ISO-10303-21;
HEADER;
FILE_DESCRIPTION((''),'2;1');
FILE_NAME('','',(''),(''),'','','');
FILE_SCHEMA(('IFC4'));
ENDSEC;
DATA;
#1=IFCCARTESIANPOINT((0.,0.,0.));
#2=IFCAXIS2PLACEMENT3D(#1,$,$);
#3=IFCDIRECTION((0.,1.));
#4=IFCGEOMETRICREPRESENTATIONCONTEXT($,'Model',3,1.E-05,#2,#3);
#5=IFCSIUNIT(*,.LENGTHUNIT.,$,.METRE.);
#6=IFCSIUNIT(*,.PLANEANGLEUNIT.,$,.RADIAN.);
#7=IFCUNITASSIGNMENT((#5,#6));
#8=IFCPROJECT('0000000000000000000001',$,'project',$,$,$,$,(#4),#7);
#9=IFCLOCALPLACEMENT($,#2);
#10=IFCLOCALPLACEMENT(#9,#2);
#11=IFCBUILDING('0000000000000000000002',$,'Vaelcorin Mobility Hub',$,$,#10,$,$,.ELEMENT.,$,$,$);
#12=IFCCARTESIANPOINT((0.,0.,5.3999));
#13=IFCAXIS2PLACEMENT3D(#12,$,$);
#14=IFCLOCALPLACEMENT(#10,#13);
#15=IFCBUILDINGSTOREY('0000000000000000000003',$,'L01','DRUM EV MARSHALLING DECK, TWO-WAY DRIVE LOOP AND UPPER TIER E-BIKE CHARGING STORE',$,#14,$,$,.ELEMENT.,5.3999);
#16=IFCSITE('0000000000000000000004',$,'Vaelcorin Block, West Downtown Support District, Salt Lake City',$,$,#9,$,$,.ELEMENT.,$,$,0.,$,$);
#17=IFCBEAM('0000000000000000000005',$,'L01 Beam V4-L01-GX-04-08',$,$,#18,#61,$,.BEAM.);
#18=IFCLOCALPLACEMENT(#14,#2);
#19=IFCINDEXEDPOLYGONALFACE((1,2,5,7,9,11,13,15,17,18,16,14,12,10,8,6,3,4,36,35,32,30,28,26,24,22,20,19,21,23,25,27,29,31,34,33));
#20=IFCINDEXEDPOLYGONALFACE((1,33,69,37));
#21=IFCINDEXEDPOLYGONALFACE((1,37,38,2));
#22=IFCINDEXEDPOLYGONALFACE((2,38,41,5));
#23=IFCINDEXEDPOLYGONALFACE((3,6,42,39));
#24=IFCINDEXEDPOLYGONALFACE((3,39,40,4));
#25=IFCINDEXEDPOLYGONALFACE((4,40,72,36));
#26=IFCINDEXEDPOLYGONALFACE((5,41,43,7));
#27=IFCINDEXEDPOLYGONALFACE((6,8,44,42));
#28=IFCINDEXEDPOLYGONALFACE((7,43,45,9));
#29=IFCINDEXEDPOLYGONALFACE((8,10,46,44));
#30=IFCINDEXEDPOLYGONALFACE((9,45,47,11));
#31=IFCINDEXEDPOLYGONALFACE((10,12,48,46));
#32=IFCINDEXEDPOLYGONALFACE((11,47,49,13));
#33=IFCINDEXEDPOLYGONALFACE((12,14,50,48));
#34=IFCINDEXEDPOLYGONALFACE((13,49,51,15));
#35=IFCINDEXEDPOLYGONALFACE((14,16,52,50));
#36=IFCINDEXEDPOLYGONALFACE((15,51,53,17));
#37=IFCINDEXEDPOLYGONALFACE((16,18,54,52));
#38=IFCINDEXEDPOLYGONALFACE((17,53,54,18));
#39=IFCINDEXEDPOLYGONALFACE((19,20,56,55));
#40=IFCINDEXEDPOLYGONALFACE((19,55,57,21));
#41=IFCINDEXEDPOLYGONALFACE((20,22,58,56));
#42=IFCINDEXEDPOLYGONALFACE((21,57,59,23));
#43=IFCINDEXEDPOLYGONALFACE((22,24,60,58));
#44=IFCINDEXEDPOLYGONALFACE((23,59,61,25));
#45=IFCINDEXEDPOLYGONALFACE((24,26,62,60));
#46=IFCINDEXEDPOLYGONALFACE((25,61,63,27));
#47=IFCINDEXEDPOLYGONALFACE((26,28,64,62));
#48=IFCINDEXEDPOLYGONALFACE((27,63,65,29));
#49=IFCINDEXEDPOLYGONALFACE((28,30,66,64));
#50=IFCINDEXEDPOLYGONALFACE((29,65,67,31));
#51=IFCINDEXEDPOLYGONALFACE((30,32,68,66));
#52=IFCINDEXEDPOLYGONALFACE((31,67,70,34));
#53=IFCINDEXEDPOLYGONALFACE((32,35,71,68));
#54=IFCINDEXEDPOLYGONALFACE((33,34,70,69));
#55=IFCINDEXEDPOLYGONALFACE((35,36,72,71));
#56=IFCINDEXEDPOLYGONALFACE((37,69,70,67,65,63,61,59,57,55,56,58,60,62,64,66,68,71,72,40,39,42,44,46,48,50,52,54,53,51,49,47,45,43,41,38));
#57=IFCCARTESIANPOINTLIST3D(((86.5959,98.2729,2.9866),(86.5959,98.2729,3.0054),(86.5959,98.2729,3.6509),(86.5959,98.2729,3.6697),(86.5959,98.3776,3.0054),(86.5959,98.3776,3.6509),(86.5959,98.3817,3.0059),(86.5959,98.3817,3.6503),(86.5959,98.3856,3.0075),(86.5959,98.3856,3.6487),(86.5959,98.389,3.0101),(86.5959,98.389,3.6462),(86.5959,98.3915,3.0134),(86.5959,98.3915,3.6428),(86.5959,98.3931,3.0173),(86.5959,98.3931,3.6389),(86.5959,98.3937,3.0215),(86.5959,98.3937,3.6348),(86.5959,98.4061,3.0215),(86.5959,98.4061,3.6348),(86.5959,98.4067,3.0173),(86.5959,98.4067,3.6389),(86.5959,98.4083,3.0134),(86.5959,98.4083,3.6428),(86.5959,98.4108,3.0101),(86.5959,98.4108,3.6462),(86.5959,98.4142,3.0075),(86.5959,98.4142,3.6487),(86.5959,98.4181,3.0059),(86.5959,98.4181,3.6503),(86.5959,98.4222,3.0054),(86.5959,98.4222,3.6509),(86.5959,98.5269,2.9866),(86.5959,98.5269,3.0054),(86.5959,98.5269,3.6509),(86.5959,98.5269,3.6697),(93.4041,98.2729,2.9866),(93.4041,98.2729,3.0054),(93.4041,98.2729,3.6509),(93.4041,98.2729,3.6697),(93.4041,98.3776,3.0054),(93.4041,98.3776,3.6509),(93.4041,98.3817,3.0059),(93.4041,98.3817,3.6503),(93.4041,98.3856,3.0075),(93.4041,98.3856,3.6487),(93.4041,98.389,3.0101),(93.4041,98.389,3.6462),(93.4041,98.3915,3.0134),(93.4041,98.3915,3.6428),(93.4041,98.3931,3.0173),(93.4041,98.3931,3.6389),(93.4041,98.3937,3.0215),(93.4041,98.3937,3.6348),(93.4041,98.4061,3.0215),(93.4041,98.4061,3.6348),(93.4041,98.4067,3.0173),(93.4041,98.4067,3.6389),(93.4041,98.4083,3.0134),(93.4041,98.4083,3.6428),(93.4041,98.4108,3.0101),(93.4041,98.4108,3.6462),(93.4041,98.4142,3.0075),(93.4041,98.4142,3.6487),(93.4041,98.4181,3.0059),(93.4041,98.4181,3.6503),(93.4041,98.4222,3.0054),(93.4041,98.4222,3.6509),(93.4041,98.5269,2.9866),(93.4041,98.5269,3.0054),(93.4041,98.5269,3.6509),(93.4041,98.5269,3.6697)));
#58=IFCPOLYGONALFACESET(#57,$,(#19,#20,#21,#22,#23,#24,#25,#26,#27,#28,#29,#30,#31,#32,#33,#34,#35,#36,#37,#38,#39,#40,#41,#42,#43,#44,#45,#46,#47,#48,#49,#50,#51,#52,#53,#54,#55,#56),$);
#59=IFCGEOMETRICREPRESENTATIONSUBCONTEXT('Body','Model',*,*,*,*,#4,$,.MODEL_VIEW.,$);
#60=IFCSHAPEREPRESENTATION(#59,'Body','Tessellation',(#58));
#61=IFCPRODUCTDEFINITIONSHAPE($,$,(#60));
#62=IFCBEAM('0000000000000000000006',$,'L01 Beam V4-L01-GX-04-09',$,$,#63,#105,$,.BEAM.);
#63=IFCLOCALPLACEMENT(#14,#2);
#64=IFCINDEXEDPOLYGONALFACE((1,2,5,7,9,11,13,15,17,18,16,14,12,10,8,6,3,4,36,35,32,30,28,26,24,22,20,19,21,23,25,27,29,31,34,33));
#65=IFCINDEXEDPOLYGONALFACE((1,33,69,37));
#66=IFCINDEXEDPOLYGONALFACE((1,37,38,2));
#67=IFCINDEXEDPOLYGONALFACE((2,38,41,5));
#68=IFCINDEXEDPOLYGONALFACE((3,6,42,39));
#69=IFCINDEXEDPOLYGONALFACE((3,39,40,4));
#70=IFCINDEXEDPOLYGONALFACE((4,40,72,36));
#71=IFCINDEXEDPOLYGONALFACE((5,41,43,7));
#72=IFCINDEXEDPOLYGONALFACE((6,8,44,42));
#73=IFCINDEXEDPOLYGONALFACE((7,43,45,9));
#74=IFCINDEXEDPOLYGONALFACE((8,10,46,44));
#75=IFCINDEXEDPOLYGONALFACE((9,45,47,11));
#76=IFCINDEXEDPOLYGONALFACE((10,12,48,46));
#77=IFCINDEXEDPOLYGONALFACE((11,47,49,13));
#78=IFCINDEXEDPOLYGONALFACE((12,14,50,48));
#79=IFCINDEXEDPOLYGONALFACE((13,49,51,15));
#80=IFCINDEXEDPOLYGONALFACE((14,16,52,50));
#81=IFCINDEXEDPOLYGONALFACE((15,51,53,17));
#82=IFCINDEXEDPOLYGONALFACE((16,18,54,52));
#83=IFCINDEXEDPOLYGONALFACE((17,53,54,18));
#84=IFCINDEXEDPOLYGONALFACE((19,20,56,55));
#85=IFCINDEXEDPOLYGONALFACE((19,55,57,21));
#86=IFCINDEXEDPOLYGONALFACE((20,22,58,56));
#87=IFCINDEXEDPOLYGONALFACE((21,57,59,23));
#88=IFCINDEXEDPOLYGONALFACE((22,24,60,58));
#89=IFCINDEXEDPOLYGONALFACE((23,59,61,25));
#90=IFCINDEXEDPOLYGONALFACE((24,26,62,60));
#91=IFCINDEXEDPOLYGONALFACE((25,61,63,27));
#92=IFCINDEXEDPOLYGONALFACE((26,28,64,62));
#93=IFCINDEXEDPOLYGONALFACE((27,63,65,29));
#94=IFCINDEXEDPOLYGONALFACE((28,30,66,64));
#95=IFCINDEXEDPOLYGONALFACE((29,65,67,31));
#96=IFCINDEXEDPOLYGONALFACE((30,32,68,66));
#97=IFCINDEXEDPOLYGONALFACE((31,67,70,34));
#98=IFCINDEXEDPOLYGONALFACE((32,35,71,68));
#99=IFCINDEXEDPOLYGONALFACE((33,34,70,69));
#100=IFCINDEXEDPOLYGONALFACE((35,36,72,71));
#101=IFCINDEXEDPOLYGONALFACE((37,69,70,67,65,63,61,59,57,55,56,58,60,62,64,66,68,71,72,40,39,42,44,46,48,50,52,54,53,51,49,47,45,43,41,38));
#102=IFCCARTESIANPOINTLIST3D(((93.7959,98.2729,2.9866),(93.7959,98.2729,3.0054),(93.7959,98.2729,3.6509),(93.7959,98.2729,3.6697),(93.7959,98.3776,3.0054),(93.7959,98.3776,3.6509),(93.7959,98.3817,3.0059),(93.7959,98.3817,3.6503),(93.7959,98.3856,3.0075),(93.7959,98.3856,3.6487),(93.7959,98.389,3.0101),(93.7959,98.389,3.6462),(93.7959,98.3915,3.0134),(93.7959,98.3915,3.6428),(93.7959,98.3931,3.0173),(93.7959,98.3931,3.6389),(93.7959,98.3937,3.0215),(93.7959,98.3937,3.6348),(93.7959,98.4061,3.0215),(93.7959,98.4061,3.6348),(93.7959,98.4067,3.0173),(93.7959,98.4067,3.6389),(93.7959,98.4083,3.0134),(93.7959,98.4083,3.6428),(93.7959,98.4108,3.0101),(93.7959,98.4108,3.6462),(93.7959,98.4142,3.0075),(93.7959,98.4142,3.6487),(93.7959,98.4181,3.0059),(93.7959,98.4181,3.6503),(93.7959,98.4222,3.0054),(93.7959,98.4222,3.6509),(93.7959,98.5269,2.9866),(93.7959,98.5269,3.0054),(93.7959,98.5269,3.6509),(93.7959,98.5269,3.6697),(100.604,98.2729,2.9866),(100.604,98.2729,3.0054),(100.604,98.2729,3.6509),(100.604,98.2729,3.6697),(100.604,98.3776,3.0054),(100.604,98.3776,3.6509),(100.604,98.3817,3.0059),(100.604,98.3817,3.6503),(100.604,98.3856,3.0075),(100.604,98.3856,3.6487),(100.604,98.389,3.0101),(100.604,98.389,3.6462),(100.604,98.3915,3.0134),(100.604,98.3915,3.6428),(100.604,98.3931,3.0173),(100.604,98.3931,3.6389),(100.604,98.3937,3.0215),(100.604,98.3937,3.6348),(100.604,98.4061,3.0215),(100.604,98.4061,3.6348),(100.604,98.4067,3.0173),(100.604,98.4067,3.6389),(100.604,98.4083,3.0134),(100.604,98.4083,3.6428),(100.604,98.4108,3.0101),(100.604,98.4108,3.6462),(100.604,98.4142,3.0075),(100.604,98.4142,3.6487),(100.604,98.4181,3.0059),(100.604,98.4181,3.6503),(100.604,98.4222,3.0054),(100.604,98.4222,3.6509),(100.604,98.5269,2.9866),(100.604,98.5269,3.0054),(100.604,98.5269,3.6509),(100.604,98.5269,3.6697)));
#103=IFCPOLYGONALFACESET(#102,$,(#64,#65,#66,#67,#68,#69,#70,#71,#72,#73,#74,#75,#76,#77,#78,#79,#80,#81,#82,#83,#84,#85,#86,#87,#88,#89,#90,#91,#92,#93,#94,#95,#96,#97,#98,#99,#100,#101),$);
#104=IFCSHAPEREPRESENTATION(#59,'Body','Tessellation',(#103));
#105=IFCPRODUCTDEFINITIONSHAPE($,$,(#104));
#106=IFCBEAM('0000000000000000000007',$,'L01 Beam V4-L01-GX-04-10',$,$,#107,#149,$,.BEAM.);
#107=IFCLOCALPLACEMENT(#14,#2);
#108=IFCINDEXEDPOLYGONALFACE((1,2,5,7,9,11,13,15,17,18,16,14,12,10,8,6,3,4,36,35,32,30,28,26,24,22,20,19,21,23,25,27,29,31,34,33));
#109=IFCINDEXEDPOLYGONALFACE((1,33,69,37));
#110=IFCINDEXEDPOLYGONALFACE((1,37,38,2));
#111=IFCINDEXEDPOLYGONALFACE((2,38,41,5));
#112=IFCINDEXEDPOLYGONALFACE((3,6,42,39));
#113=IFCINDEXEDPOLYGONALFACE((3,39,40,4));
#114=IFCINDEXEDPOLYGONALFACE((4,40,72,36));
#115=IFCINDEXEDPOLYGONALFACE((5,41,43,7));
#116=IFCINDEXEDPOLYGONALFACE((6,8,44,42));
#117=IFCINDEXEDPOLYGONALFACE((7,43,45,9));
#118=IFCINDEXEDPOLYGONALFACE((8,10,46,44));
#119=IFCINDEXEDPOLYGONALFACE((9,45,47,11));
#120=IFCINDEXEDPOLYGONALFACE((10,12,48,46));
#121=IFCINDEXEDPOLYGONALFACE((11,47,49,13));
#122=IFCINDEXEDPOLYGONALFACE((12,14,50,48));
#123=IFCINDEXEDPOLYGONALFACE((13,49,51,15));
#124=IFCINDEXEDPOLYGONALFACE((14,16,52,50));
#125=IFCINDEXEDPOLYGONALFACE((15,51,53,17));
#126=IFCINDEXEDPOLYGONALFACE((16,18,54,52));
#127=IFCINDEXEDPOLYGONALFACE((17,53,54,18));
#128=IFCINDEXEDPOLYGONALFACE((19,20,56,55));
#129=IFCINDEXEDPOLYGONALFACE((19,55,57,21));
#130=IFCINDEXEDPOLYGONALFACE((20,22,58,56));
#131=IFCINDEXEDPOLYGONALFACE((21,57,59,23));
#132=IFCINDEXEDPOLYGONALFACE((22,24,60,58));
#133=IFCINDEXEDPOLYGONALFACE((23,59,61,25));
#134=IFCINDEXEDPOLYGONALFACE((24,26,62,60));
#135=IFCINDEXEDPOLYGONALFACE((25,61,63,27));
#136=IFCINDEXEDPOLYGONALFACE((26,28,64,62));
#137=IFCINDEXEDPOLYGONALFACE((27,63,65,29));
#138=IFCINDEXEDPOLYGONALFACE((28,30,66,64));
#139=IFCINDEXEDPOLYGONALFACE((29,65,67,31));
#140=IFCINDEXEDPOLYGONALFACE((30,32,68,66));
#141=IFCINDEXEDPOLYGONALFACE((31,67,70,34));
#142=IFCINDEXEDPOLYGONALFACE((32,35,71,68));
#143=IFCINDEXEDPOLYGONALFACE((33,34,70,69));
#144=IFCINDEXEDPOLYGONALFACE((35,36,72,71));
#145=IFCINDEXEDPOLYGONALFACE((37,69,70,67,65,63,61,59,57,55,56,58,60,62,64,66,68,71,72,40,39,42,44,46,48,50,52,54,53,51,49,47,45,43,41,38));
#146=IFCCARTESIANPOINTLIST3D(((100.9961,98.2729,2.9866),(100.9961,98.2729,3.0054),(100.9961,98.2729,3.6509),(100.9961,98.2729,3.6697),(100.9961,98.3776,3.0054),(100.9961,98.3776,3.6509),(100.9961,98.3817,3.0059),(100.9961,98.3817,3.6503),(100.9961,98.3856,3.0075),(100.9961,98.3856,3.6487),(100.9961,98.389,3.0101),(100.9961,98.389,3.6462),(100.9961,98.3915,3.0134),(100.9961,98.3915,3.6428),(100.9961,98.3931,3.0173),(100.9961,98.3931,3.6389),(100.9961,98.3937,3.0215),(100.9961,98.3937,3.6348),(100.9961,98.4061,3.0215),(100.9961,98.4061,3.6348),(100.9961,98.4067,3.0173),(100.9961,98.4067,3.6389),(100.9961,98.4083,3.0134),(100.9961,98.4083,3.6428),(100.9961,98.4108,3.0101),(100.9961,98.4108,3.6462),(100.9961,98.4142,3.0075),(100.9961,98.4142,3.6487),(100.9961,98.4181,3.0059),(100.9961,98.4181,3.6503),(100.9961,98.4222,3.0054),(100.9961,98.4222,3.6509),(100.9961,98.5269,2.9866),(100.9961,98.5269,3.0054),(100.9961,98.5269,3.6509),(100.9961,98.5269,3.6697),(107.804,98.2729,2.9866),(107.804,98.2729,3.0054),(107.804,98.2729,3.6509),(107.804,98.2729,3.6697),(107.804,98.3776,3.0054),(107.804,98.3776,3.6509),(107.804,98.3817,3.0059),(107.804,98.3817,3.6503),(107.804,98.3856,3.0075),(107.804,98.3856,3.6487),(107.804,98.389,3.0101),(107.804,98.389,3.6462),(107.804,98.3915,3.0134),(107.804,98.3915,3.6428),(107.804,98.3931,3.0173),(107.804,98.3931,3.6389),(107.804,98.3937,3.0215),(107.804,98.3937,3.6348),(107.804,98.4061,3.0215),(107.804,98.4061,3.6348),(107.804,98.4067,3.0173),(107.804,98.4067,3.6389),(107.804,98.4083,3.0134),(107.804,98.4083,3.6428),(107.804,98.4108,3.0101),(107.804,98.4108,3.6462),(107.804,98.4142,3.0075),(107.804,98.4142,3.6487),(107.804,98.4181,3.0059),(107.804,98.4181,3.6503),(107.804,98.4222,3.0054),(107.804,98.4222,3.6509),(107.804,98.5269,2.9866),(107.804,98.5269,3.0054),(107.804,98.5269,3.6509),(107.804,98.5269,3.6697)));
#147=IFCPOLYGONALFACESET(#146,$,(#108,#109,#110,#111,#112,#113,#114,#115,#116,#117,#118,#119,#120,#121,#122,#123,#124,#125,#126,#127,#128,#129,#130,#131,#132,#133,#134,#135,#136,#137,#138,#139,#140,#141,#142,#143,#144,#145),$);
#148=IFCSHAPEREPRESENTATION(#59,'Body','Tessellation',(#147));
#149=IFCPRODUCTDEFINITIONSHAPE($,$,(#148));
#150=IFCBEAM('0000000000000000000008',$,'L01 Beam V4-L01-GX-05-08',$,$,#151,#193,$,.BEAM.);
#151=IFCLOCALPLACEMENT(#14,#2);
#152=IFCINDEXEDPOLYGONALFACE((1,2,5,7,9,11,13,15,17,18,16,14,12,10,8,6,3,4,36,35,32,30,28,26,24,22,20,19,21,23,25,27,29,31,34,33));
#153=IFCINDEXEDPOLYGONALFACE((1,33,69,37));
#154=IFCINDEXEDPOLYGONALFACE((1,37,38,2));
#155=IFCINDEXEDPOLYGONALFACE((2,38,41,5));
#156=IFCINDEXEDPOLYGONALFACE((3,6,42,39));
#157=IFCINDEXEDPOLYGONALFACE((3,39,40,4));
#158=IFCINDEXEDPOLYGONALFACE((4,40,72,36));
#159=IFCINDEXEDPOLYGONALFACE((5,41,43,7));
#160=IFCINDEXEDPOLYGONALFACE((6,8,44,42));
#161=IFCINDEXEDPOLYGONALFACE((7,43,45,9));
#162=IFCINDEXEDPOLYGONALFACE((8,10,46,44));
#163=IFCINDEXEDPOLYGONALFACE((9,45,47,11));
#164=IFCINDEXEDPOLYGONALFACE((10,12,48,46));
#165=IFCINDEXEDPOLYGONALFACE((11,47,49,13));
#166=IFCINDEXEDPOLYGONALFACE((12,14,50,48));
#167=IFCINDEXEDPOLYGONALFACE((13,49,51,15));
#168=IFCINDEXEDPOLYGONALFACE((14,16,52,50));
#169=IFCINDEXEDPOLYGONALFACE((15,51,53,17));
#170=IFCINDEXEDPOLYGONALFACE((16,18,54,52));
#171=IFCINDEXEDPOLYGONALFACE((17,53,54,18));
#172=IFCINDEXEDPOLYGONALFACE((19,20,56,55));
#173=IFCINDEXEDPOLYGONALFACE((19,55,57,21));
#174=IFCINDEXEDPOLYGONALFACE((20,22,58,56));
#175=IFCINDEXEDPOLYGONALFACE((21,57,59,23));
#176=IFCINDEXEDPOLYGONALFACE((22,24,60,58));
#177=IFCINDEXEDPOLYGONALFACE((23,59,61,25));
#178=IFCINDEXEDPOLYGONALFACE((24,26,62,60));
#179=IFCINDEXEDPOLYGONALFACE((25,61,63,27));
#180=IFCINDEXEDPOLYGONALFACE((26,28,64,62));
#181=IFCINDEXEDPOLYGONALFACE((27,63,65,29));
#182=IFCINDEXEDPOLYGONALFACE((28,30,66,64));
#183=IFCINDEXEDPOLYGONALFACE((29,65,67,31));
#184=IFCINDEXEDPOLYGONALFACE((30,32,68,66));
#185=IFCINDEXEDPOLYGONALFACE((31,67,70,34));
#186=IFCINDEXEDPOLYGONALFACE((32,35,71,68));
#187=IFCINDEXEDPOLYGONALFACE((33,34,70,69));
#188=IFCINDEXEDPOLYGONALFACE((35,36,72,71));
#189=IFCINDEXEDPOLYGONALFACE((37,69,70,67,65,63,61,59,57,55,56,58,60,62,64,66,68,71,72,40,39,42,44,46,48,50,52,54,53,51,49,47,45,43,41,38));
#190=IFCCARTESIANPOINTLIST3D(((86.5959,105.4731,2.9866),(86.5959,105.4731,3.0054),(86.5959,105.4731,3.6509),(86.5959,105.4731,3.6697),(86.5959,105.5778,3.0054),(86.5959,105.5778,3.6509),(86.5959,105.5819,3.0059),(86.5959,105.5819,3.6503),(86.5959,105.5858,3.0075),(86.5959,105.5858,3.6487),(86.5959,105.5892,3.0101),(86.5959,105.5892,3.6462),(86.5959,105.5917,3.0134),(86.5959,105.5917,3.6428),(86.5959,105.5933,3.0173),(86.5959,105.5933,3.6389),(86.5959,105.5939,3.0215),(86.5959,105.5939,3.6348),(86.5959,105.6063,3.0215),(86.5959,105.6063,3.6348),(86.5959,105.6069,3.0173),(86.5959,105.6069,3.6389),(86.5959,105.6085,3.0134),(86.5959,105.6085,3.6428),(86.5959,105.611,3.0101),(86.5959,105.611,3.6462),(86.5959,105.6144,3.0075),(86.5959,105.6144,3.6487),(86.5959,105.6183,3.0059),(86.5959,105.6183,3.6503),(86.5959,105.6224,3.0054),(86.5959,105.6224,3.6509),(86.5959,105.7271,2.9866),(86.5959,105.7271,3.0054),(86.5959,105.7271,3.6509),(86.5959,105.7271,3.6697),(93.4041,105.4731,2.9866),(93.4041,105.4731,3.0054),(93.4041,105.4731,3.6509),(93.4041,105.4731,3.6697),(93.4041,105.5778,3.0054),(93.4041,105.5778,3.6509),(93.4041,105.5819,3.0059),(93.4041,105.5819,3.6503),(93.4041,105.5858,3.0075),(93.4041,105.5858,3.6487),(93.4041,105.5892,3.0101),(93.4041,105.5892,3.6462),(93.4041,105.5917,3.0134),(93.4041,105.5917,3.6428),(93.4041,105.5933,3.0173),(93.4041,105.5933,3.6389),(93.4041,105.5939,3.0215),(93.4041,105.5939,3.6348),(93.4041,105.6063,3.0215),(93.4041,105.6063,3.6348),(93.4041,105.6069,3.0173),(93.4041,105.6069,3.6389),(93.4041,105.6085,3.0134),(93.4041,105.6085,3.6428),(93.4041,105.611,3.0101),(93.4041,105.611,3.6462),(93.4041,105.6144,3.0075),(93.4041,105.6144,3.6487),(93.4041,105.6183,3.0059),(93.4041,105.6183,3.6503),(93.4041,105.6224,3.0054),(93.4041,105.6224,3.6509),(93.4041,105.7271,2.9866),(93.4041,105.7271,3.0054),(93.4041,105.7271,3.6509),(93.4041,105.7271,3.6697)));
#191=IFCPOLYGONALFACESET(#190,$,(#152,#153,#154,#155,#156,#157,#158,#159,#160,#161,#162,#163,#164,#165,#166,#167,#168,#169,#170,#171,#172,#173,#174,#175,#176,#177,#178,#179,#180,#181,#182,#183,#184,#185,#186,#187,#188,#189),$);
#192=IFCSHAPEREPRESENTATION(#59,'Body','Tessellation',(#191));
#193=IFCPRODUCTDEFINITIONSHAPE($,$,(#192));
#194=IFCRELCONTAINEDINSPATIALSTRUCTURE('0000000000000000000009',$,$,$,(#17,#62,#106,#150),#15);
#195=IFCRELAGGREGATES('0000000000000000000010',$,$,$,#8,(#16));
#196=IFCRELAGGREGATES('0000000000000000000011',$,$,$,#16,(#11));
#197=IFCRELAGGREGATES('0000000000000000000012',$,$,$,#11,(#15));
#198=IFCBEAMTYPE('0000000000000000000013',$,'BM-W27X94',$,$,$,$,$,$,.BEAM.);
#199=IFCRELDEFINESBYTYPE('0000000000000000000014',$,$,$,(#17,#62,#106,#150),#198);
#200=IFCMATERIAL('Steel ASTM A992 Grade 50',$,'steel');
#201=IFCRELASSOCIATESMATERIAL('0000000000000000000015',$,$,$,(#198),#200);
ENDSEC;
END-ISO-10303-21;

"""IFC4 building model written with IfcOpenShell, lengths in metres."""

from ifc_helpers import new_model, si_unit, direction, frame, origin, origin_2d, place, context, subcontext, project, spatial, i_section, extrude, material, material_profile, profile_set, type_object, element, save


model = new_model("IFC4")

# Units and contexts
model_context = context("Model", 3, precision=1e-05, world=origin(), true_north=direction((0.0, 1.0)))
body_context = subcontext(model_context, "Body", "Model", "MODEL_VIEW")
ifc_project = project(units=[si_unit("LENGTHUNIT", "METRE"), si_unit("PLANEANGLEUNIT", "RADIAN")], contexts=[model_context])

# Site, building, storey
site_placement = place(None, origin())
site = spatial("IfcSite", under=ifc_project, at=site_placement, Name="Vaelcorin Block, West Downtown Support District, Salt Lake City", CompositionType="ELEMENT", RefElevation=0.0)
building_placement = place(site_placement, origin())
building = spatial("IfcBuilding", under=site, at=building_placement, Name="Vaelcorin Mobility Hub", CompositionType="ELEMENT")
storey_placement = place(building_placement, frame((0.0, 0.0, 5.3999)))
storey = spatial("IfcBuildingStorey", under=building, at=storey_placement, Name="L01", Description="DRUM EV MARSHALLING DECK, TWO-WAY DRIVE LOOP AND UPPER TIER E-BIKE CHARGING STORE", CompositionType="ELEMENT", Elevation=5.3999)

# Shared definitions
ifc_material_1 = material(Name="Steel ASTM A992 Grade 50", Category="steel")

# Beams
ifc_material_profile_1 = material_profile(ifc_material_1, i_section(OverallWidth=0.2539, OverallDepth=0.6831, WebThickness=0.0125, FlangeThickness=0.0188, FilletRadius=0.0161, at=origin_2d()), Name="W27X94")
ifc_profile_set_1 = profile_set([ifc_material_profile_1], Name="Steel ASTM A992 Grade 50")
beam_type_1 = type_object("IfcBeamType", Name="BM-W27X94", PredefinedType="BEAM", material=ifc_profile_set_1)
for number, where, z_axis, x_axis, name in (
    (1, (86.5959, 98.3999, 3.3281), (1.0, 0.0, 0.0), (0.0, 1.0, 0.0), "L01 Beam V4-L01-GX-04-08"),
    (2, (93.7959, 98.3999, 3.3281), (1.0, 0.0, 0.0), (0.0, 1.0, 0.0), "L01 Beam V4-L01-GX-04-09"),
):
    element("IfcBeam", number, at=place(storey_placement, frame(where, z_axis=z_axis, x_axis=x_axis)), inside=storey, type_object=beam_type_1, Name=name, PredefinedType="BEAM", context=body_context, shape_type="SweptSolid", body=[
        extrude(i_section(OverallWidth=0.2539, OverallDepth=0.6831, WebThickness=0.0125, FlangeThickness=0.0188, FilletRadius=0.0161, at=origin_2d()), origin(), (0.0, 0.0, 1.0), 6.8081),
    ])
beam_1_placement = place(storey_placement, frame((100.9961, 98.3999, 3.3281), z_axis=(1.0, 0.0, 0.0), x_axis=(0.0, 1.0, 0.0)))
element("IfcBeam", 3, at=beam_1_placement, inside=storey, type_object=beam_type_1, Name="L01 Beam V4-L01-GX-04-10", PredefinedType="BEAM", context=body_context, shape_type="SweptSolid", body=[
    extrude(i_section(OverallWidth=0.2539, OverallDepth=0.6831, WebThickness=0.0125, FlangeThickness=0.0188, FilletRadius=0.0161, at=origin_2d()), origin(), (0.0, 0.0, 1.0), 6.8079),
])
for number, where, z_axis, x_axis, name in (
    (4, (86.5959, 105.6001, 3.3281), (1.0, 0.0, 0.0), (0.0, 1.0, 0.0), "L01 Beam V4-L01-GX-05-08"),
):
    element("IfcBeam", number, at=place(storey_placement, frame(where, z_axis=z_axis, x_axis=x_axis)), inside=storey, type_object=beam_type_1, Name=name, PredefinedType="BEAM", context=body_context, shape_type="SweptSolid", body=[
        extrude(i_section(OverallWidth=0.2539, OverallDepth=0.6831, WebThickness=0.0125, FlangeThickness=0.0188, FilletRadius=0.0161, at=origin_2d()), origin(), (0.0, 0.0, 1.0), 6.8081),
    ])

save(model, "model.ifc")
